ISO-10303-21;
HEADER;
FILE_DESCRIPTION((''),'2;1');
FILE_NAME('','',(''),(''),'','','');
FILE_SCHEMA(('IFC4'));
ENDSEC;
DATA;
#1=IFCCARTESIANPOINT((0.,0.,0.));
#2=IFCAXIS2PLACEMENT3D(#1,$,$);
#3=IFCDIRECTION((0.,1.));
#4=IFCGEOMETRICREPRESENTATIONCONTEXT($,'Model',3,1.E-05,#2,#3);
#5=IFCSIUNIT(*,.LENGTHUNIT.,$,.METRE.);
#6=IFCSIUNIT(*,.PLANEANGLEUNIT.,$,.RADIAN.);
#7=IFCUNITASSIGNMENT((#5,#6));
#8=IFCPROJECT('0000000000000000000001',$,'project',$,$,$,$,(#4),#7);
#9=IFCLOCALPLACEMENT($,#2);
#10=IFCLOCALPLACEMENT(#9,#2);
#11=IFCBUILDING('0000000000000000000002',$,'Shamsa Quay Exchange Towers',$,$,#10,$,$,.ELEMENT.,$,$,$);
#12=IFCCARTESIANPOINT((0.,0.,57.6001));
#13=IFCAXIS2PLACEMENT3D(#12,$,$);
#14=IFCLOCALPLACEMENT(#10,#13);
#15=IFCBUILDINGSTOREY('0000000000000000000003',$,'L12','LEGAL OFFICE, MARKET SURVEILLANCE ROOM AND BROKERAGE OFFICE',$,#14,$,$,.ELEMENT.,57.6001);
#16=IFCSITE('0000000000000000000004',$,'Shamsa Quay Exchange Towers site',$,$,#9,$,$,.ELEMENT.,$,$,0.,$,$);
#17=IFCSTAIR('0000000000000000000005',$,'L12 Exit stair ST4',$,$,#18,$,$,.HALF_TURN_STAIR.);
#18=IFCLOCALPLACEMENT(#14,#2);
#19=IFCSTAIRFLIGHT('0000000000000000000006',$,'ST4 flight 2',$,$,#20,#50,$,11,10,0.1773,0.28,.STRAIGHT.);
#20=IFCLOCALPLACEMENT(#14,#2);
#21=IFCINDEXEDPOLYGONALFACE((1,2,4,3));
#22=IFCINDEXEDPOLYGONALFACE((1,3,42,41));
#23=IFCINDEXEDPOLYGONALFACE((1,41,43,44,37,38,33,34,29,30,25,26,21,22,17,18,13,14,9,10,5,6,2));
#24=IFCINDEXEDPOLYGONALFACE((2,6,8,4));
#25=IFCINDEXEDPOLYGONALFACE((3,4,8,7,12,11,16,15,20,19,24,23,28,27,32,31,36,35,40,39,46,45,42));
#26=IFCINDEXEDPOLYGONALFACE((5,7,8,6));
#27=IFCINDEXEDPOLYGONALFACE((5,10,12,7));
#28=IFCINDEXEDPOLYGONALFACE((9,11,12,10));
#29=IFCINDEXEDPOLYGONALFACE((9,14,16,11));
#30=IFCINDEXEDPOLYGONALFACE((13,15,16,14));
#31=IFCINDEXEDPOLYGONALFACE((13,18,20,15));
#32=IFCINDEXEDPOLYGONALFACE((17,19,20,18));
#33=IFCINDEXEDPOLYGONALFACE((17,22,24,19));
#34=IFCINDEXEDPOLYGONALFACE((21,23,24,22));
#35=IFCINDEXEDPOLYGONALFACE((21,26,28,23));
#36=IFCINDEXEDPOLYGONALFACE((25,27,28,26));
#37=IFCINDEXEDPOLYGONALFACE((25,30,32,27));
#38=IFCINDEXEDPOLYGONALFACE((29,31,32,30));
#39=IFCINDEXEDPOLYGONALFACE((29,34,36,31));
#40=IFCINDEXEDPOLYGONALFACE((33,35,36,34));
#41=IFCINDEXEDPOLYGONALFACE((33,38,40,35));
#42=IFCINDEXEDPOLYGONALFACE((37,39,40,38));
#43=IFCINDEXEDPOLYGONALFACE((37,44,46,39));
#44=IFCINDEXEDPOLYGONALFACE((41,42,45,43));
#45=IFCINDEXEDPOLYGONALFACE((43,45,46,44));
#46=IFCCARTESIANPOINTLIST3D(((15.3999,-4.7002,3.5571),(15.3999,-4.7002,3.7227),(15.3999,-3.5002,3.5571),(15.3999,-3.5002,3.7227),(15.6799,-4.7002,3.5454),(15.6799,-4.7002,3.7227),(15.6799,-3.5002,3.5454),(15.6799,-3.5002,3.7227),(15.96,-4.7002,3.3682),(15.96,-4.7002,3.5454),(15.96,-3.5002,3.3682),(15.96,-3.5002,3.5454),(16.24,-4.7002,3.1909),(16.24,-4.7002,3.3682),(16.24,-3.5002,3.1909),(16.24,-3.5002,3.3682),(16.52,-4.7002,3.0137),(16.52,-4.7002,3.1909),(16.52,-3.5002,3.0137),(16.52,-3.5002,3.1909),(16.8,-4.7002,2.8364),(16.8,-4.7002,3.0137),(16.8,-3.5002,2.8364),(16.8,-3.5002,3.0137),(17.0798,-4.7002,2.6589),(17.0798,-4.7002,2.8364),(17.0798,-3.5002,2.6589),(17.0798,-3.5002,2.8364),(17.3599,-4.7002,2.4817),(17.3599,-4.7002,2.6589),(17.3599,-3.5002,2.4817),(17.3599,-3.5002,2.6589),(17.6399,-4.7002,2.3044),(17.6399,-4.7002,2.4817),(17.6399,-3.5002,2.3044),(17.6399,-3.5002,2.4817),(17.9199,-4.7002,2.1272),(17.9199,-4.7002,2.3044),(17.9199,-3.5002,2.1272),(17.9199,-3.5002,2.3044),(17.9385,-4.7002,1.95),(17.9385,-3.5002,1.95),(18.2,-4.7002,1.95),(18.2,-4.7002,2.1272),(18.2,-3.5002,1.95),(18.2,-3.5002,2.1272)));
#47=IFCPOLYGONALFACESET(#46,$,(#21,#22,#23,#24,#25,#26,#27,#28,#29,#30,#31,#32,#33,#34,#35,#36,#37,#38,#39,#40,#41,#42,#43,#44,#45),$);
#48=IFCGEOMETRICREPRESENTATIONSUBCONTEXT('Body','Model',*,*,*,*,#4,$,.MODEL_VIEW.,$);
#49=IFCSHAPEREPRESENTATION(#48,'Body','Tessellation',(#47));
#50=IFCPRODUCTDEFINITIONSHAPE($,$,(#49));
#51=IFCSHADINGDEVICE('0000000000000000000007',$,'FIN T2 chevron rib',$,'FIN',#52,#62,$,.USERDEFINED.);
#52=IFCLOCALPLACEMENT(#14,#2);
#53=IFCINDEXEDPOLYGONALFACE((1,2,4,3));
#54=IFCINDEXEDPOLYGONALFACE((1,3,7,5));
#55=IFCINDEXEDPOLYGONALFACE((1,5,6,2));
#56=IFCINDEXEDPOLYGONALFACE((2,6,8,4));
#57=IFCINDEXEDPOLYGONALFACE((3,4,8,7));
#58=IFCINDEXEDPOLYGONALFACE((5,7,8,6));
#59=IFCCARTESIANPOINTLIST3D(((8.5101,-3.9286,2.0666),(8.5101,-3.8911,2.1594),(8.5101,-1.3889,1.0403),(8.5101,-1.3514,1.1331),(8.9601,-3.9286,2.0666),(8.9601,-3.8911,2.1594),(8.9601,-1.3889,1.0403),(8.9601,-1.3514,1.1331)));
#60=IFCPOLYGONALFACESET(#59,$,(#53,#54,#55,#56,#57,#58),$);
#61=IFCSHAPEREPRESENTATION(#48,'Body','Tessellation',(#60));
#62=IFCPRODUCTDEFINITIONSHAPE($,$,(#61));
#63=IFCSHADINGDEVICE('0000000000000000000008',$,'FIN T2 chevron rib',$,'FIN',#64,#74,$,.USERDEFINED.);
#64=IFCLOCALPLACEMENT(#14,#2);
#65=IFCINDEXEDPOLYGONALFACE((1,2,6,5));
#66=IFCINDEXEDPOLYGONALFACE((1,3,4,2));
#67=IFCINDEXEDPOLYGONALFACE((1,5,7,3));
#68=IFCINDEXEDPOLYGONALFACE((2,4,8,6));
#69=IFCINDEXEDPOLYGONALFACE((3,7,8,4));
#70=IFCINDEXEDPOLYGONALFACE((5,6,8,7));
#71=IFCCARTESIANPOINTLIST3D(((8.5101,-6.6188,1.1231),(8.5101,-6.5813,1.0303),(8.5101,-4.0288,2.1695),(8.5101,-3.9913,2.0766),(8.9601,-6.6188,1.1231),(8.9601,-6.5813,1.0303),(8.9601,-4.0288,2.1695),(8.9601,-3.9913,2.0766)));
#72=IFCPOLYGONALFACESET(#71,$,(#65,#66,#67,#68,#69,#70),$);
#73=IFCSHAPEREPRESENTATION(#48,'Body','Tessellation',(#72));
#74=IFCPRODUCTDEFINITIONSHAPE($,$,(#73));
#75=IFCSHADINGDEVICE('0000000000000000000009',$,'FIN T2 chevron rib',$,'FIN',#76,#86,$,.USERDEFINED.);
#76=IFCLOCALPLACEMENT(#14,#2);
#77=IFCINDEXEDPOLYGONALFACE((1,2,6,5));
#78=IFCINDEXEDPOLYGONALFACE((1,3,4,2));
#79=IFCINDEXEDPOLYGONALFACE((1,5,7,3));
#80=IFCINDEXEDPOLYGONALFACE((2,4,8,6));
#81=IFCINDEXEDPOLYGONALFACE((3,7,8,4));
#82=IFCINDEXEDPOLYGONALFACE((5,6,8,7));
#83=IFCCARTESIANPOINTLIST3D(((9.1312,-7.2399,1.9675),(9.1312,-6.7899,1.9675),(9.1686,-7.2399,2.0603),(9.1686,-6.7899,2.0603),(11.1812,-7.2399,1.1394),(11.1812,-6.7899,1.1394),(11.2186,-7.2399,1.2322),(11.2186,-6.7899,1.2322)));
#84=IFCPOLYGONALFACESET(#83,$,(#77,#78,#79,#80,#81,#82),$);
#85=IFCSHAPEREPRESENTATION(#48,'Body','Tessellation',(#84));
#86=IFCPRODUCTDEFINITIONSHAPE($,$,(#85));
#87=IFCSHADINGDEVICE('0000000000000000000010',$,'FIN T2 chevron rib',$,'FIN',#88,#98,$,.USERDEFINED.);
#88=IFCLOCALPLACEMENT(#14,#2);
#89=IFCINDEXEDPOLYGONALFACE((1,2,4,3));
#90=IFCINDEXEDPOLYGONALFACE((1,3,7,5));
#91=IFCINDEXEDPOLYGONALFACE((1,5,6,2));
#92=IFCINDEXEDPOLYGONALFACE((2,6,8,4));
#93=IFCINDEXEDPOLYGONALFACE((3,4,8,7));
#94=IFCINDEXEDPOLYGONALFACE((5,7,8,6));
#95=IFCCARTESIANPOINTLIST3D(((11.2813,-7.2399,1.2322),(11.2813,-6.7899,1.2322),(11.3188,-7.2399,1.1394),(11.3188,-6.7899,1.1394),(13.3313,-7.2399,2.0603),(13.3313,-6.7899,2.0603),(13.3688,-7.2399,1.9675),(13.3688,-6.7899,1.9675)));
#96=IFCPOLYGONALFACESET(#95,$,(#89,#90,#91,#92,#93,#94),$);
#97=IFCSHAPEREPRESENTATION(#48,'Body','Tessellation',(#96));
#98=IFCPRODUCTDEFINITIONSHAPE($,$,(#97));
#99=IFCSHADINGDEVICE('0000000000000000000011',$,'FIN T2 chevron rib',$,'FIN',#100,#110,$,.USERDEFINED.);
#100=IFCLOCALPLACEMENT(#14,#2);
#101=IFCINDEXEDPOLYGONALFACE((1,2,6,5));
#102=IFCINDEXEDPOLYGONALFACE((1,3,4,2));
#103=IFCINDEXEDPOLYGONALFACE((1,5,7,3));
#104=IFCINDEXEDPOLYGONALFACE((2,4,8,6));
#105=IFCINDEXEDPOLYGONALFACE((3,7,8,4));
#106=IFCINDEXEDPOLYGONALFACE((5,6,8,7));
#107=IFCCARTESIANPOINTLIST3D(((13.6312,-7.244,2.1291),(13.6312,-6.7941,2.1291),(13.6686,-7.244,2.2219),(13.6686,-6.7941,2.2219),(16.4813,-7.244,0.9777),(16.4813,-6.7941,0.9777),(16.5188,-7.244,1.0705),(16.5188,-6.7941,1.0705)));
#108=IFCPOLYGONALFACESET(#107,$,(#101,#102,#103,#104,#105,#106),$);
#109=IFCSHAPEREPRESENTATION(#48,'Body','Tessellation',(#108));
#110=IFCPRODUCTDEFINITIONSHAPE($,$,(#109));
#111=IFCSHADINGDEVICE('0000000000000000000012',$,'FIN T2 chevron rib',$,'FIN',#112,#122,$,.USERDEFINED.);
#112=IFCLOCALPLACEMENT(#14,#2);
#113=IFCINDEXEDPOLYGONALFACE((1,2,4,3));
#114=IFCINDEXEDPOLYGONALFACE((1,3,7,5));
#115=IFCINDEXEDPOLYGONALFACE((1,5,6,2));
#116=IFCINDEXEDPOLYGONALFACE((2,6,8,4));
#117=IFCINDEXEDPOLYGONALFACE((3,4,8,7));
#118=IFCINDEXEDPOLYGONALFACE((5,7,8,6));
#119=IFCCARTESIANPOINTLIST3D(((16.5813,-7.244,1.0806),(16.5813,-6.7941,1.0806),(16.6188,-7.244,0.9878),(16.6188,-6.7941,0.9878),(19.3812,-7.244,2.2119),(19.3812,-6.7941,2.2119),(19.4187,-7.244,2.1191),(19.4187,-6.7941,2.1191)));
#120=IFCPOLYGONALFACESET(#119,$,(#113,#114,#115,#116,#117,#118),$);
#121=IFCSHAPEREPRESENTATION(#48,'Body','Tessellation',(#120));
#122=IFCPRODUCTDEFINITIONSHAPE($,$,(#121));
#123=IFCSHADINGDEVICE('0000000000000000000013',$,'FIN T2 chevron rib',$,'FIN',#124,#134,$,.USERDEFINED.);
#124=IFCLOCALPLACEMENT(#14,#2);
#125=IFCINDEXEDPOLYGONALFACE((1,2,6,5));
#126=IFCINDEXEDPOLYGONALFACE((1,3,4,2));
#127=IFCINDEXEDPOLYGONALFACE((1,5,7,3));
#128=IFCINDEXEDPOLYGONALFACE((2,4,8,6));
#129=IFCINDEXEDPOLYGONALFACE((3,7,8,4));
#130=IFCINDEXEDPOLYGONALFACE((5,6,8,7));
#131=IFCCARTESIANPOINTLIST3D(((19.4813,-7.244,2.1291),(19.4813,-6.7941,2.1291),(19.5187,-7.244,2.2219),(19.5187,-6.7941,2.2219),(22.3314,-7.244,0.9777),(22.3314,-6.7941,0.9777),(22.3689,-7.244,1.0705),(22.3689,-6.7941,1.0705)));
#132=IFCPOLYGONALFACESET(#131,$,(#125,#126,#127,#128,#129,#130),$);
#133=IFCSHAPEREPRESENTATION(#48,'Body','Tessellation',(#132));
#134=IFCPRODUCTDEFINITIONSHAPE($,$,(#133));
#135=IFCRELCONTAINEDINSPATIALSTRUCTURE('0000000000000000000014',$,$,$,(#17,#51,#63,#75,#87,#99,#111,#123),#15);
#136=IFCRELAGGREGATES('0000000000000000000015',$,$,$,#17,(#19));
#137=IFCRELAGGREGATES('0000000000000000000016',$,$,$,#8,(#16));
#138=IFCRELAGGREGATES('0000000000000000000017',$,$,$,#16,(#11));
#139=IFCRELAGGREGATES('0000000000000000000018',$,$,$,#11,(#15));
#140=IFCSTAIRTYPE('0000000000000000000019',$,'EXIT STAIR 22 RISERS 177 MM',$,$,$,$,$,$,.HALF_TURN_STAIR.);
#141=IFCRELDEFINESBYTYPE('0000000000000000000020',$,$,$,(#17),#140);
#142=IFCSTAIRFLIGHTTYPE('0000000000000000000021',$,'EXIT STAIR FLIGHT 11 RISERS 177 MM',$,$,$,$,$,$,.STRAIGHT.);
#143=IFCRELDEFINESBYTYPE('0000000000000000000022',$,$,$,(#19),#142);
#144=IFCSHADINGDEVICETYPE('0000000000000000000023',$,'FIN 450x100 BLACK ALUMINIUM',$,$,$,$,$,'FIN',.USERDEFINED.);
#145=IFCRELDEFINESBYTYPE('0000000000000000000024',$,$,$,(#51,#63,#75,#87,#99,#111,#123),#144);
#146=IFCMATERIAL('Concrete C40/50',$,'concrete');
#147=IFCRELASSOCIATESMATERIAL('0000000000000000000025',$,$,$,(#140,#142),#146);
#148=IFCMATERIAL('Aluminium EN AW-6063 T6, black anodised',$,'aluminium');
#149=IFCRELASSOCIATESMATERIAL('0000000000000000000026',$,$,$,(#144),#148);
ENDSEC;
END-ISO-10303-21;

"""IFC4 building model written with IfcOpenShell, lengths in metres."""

from ifc_helpers import new_model, si_unit, direction, frame, origin, origin_2d, place, context, subcontext, project, spatial, polyline, rectangle, outline, extrude, material, material_profile, profile_set, type_object, element, aggregate, save


model = new_model("IFC4")

# Units and contexts
model_context = context("Model", 3, precision=1e-05, world=origin(), true_north=direction((0.0, 1.0)))
body_context = subcontext(model_context, "Body", "Model", "MODEL_VIEW")
ifc_project = project(units=[si_unit("LENGTHUNIT", "METRE"), si_unit("PLANEANGLEUNIT", "RADIAN")], contexts=[model_context])

# Site, building, storey
site_placement = place(None, origin())
site = spatial("IfcSite", under=ifc_project, at=site_placement, Name="Shamsa Quay Exchange Towers site", CompositionType="ELEMENT", RefElevation=0.0)
building_placement = place(site_placement, origin())
building = spatial("IfcBuilding", under=site, at=building_placement, Name="Shamsa Quay Exchange Towers", CompositionType="ELEMENT")
storey_placement = place(building_placement, frame((0.0, 0.0, 57.6001)))
storey = spatial("IfcBuildingStorey", under=building, at=storey_placement, Name="L12", Description="LEGAL OFFICE, MARKET SURVEILLANCE ROOM AND BROKERAGE OFFICE", CompositionType="ELEMENT", Elevation=57.6001)

# Shared definitions
ifc_material_1 = material(Name="Aluminium EN AW-6063 T6, black anodised", Category="aluminium")

# Stair
ifc_material_2 = material(Name="Concrete C40/50", Category="concrete")
stair_type = type_object("IfcStairType", Name="EXIT STAIR 22 RISERS 177 MM", PredefinedType="HALF_TURN_STAIR", material=ifc_material_2)
stair_1_placement = place(storey_placement, origin())
stair_1 = element("IfcStair", 1, at=stair_1_placement, inside=storey, type_object=stair_type, Name="L12 Exit stair ST4", PredefinedType="HALF_TURN_STAIR")

# Stair flight
stair_flight_type = type_object("IfcStairFlightType", Name="EXIT STAIR FLIGHT 11 RISERS 177 MM", PredefinedType="STRAIGHT", material=ifc_material_2)
stair_flight_1_placement = place(storey_placement, frame((18.2, -4.1001, 1.95), z_axis=(0.0, 0.0, 1.0), x_axis=(-1.0, 0.0, 0.0)))
stair_flight_1 = element("IfcStairFlight", 2, at=stair_flight_1_placement, type_object=stair_flight_type, Name="ST4 flight 2", NumberOfRisers=11, NumberOfTreads=10, PredefinedType="STRAIGHT", RiserHeight=0.1773, TreadLength=0.28, context=body_context, shape_type="SweptSolid", body=[
    extrude(outline(polyline([(0.0, 0.0), (0.0, 0.1772), (0.28, 0.1772), (0.28, 0.3545), (0.5601, 0.3545), (0.5601, 0.5317), (0.8401, 0.5317), (0.8401, 0.709), (1.1201, 0.709), (1.1201, 0.8865), (1.3999, 0.8865), (1.3999, 1.0637), (1.6799, 1.0637), (1.6799, 1.241), (1.96, 1.241), (1.96, 1.4182), (2.24, 1.4182), (2.24, 1.5955), (2.52, 1.5955), (2.52, 1.7727), (2.8, 1.7727), (2.8, 1.95), (2.8, 1.6072), (0.2615, 0.0), (0.0, 0.0)])), frame((0.0, 0.6001, 0.0), z_axis=(0.0, -1.0, 0.0), x_axis=(1.0, 0.0, 0.0)), (0.0, 0.0, 1.0), 1.2),
])
aggregate(stair_1, [stair_flight_1])

# Shading devices
ifc_material_profile_1 = material_profile(ifc_material_1, rectangle(XDim=0.45, YDim=0.1001, at=origin_2d()), Name="FIN450x100")
ifc_profile_set_1 = profile_set([ifc_material_profile_1], Name="Aluminium EN AW-6063 T6, black anodised")
shading_device_type = type_object("IfcShadingDeviceType", Name="FIN 450x100 BLACK ALUMINIUM", ElementType="FIN", PredefinedType="USERDEFINED", material=ifc_profile_set_1)
shading_device_1_placement = place(storey_placement, frame((8.7351, -1.3701, 1.0867), z_axis=(0.0, -0.927156, 0.374677), x_axis=(1.0, 0.0, 0.0)))
element("IfcShadingDevice", 3, at=shading_device_1_placement, inside=storey, type_object=shading_device_type, Name="FIN T2 chevron rib", ObjectType="FIN", PredefinedType="USERDEFINED", context=body_context, shape_type="SweptSolid", body=[
    extrude(rectangle(XDim=0.45, YDim=0.1001, at=origin_2d()), origin(), (0.0, 0.0, 1.0), 2.7393),
])
shading_device_2_placement = place(storey_placement, frame((8.7351, -4.01, 2.123), z_axis=(0.0, -0.927193, -0.374583), x_axis=(1.0, 0.0, 0.0)))
element("IfcShadingDevice", 4, at=shading_device_2_placement, inside=storey, type_object=shading_device_type, Name="FIN T2 chevron rib", ObjectType="FIN", PredefinedType="USERDEFINED", context=body_context, shape_type="SweptSolid", body=[
    extrude(rectangle(XDim=0.45, YDim=0.1001, at=origin_2d()), origin(), (0.0, 0.0, 1.0), 2.7935),
])
for number, where, z_axis, x_axis, name in (
    (5, (9.1499, -7.0149, 2.0139), (0.927207, 0.0, -0.374549), (0.0, 1.0, 0.0), "FIN T2 chevron rib"),
    (6, (11.3, -7.0149, 1.1858), (0.927207, 0.0, 0.374549), (0.0, 1.0, 0.0), "FIN T2 chevron rib"),
):
    element("IfcShadingDevice", number, at=place(storey_placement, frame(where, z_axis=z_axis, x_axis=x_axis)), inside=storey, type_object=shading_device_type, Name=name, ObjectType="FIN", PredefinedType="USERDEFINED", context=body_context, shape_type="SweptSolid", body=[
        extrude(rectangle(XDim=0.45, YDim=0.1001, at=origin_2d()), origin(), (0.0, 0.0, 1.0), 2.2109),
    ])
shading_device_3_placement = place(storey_placement, frame((13.6499, -7.019, 2.1755), z_axis=(0.9272, 0.0, -0.374565), x_axis=(0.0, 1.0, 0.0)))
element("IfcShadingDevice", 7, at=shading_device_3_placement, inside=storey, type_object=shading_device_type, Name="FIN T2 chevron rib", ObjectType="FIN", PredefinedType="USERDEFINED", context=body_context, shape_type="SweptSolid", body=[
    extrude(rectangle(XDim=0.45, YDim=0.1001, at=origin_2d()), origin(), (0.0, 0.0, 1.0), 3.074),
])
shading_device_4_placement = place(storey_placement, frame((16.6001, -7.019, 1.0342), z_axis=(0.927166, 0.0, 0.37465), x_axis=(0.0, 1.0, 0.0)))
element("IfcShadingDevice", 8, at=shading_device_4_placement, inside=storey, type_object=shading_device_type, Name="FIN T2 chevron rib", ObjectType="FIN", PredefinedType="USERDEFINED", context=body_context, shape_type="SweptSolid", body=[
    extrude(rectangle(XDim=0.45, YDim=0.1001, at=origin_2d()), origin(), (0.0, 0.0, 1.0), 3.0198),
])
shading_device_5_placement = place(storey_placement, frame((19.5, -7.019, 2.1755), z_axis=(0.9272, 0.0, -0.374565), x_axis=(0.0, 1.0, 0.0)))
element("IfcShadingDevice", 9, at=shading_device_5_placement, inside=storey, type_object=shading_device_type, Name="FIN T2 chevron rib", ObjectType="FIN", PredefinedType="USERDEFINED", context=body_context, shape_type="SweptSolid", body=[
    extrude(rectangle(XDim=0.45, YDim=0.1001, at=origin_2d()), origin(), (0.0, 0.0, 1.0), 3.074),
])

save(model, "model.ifc")
